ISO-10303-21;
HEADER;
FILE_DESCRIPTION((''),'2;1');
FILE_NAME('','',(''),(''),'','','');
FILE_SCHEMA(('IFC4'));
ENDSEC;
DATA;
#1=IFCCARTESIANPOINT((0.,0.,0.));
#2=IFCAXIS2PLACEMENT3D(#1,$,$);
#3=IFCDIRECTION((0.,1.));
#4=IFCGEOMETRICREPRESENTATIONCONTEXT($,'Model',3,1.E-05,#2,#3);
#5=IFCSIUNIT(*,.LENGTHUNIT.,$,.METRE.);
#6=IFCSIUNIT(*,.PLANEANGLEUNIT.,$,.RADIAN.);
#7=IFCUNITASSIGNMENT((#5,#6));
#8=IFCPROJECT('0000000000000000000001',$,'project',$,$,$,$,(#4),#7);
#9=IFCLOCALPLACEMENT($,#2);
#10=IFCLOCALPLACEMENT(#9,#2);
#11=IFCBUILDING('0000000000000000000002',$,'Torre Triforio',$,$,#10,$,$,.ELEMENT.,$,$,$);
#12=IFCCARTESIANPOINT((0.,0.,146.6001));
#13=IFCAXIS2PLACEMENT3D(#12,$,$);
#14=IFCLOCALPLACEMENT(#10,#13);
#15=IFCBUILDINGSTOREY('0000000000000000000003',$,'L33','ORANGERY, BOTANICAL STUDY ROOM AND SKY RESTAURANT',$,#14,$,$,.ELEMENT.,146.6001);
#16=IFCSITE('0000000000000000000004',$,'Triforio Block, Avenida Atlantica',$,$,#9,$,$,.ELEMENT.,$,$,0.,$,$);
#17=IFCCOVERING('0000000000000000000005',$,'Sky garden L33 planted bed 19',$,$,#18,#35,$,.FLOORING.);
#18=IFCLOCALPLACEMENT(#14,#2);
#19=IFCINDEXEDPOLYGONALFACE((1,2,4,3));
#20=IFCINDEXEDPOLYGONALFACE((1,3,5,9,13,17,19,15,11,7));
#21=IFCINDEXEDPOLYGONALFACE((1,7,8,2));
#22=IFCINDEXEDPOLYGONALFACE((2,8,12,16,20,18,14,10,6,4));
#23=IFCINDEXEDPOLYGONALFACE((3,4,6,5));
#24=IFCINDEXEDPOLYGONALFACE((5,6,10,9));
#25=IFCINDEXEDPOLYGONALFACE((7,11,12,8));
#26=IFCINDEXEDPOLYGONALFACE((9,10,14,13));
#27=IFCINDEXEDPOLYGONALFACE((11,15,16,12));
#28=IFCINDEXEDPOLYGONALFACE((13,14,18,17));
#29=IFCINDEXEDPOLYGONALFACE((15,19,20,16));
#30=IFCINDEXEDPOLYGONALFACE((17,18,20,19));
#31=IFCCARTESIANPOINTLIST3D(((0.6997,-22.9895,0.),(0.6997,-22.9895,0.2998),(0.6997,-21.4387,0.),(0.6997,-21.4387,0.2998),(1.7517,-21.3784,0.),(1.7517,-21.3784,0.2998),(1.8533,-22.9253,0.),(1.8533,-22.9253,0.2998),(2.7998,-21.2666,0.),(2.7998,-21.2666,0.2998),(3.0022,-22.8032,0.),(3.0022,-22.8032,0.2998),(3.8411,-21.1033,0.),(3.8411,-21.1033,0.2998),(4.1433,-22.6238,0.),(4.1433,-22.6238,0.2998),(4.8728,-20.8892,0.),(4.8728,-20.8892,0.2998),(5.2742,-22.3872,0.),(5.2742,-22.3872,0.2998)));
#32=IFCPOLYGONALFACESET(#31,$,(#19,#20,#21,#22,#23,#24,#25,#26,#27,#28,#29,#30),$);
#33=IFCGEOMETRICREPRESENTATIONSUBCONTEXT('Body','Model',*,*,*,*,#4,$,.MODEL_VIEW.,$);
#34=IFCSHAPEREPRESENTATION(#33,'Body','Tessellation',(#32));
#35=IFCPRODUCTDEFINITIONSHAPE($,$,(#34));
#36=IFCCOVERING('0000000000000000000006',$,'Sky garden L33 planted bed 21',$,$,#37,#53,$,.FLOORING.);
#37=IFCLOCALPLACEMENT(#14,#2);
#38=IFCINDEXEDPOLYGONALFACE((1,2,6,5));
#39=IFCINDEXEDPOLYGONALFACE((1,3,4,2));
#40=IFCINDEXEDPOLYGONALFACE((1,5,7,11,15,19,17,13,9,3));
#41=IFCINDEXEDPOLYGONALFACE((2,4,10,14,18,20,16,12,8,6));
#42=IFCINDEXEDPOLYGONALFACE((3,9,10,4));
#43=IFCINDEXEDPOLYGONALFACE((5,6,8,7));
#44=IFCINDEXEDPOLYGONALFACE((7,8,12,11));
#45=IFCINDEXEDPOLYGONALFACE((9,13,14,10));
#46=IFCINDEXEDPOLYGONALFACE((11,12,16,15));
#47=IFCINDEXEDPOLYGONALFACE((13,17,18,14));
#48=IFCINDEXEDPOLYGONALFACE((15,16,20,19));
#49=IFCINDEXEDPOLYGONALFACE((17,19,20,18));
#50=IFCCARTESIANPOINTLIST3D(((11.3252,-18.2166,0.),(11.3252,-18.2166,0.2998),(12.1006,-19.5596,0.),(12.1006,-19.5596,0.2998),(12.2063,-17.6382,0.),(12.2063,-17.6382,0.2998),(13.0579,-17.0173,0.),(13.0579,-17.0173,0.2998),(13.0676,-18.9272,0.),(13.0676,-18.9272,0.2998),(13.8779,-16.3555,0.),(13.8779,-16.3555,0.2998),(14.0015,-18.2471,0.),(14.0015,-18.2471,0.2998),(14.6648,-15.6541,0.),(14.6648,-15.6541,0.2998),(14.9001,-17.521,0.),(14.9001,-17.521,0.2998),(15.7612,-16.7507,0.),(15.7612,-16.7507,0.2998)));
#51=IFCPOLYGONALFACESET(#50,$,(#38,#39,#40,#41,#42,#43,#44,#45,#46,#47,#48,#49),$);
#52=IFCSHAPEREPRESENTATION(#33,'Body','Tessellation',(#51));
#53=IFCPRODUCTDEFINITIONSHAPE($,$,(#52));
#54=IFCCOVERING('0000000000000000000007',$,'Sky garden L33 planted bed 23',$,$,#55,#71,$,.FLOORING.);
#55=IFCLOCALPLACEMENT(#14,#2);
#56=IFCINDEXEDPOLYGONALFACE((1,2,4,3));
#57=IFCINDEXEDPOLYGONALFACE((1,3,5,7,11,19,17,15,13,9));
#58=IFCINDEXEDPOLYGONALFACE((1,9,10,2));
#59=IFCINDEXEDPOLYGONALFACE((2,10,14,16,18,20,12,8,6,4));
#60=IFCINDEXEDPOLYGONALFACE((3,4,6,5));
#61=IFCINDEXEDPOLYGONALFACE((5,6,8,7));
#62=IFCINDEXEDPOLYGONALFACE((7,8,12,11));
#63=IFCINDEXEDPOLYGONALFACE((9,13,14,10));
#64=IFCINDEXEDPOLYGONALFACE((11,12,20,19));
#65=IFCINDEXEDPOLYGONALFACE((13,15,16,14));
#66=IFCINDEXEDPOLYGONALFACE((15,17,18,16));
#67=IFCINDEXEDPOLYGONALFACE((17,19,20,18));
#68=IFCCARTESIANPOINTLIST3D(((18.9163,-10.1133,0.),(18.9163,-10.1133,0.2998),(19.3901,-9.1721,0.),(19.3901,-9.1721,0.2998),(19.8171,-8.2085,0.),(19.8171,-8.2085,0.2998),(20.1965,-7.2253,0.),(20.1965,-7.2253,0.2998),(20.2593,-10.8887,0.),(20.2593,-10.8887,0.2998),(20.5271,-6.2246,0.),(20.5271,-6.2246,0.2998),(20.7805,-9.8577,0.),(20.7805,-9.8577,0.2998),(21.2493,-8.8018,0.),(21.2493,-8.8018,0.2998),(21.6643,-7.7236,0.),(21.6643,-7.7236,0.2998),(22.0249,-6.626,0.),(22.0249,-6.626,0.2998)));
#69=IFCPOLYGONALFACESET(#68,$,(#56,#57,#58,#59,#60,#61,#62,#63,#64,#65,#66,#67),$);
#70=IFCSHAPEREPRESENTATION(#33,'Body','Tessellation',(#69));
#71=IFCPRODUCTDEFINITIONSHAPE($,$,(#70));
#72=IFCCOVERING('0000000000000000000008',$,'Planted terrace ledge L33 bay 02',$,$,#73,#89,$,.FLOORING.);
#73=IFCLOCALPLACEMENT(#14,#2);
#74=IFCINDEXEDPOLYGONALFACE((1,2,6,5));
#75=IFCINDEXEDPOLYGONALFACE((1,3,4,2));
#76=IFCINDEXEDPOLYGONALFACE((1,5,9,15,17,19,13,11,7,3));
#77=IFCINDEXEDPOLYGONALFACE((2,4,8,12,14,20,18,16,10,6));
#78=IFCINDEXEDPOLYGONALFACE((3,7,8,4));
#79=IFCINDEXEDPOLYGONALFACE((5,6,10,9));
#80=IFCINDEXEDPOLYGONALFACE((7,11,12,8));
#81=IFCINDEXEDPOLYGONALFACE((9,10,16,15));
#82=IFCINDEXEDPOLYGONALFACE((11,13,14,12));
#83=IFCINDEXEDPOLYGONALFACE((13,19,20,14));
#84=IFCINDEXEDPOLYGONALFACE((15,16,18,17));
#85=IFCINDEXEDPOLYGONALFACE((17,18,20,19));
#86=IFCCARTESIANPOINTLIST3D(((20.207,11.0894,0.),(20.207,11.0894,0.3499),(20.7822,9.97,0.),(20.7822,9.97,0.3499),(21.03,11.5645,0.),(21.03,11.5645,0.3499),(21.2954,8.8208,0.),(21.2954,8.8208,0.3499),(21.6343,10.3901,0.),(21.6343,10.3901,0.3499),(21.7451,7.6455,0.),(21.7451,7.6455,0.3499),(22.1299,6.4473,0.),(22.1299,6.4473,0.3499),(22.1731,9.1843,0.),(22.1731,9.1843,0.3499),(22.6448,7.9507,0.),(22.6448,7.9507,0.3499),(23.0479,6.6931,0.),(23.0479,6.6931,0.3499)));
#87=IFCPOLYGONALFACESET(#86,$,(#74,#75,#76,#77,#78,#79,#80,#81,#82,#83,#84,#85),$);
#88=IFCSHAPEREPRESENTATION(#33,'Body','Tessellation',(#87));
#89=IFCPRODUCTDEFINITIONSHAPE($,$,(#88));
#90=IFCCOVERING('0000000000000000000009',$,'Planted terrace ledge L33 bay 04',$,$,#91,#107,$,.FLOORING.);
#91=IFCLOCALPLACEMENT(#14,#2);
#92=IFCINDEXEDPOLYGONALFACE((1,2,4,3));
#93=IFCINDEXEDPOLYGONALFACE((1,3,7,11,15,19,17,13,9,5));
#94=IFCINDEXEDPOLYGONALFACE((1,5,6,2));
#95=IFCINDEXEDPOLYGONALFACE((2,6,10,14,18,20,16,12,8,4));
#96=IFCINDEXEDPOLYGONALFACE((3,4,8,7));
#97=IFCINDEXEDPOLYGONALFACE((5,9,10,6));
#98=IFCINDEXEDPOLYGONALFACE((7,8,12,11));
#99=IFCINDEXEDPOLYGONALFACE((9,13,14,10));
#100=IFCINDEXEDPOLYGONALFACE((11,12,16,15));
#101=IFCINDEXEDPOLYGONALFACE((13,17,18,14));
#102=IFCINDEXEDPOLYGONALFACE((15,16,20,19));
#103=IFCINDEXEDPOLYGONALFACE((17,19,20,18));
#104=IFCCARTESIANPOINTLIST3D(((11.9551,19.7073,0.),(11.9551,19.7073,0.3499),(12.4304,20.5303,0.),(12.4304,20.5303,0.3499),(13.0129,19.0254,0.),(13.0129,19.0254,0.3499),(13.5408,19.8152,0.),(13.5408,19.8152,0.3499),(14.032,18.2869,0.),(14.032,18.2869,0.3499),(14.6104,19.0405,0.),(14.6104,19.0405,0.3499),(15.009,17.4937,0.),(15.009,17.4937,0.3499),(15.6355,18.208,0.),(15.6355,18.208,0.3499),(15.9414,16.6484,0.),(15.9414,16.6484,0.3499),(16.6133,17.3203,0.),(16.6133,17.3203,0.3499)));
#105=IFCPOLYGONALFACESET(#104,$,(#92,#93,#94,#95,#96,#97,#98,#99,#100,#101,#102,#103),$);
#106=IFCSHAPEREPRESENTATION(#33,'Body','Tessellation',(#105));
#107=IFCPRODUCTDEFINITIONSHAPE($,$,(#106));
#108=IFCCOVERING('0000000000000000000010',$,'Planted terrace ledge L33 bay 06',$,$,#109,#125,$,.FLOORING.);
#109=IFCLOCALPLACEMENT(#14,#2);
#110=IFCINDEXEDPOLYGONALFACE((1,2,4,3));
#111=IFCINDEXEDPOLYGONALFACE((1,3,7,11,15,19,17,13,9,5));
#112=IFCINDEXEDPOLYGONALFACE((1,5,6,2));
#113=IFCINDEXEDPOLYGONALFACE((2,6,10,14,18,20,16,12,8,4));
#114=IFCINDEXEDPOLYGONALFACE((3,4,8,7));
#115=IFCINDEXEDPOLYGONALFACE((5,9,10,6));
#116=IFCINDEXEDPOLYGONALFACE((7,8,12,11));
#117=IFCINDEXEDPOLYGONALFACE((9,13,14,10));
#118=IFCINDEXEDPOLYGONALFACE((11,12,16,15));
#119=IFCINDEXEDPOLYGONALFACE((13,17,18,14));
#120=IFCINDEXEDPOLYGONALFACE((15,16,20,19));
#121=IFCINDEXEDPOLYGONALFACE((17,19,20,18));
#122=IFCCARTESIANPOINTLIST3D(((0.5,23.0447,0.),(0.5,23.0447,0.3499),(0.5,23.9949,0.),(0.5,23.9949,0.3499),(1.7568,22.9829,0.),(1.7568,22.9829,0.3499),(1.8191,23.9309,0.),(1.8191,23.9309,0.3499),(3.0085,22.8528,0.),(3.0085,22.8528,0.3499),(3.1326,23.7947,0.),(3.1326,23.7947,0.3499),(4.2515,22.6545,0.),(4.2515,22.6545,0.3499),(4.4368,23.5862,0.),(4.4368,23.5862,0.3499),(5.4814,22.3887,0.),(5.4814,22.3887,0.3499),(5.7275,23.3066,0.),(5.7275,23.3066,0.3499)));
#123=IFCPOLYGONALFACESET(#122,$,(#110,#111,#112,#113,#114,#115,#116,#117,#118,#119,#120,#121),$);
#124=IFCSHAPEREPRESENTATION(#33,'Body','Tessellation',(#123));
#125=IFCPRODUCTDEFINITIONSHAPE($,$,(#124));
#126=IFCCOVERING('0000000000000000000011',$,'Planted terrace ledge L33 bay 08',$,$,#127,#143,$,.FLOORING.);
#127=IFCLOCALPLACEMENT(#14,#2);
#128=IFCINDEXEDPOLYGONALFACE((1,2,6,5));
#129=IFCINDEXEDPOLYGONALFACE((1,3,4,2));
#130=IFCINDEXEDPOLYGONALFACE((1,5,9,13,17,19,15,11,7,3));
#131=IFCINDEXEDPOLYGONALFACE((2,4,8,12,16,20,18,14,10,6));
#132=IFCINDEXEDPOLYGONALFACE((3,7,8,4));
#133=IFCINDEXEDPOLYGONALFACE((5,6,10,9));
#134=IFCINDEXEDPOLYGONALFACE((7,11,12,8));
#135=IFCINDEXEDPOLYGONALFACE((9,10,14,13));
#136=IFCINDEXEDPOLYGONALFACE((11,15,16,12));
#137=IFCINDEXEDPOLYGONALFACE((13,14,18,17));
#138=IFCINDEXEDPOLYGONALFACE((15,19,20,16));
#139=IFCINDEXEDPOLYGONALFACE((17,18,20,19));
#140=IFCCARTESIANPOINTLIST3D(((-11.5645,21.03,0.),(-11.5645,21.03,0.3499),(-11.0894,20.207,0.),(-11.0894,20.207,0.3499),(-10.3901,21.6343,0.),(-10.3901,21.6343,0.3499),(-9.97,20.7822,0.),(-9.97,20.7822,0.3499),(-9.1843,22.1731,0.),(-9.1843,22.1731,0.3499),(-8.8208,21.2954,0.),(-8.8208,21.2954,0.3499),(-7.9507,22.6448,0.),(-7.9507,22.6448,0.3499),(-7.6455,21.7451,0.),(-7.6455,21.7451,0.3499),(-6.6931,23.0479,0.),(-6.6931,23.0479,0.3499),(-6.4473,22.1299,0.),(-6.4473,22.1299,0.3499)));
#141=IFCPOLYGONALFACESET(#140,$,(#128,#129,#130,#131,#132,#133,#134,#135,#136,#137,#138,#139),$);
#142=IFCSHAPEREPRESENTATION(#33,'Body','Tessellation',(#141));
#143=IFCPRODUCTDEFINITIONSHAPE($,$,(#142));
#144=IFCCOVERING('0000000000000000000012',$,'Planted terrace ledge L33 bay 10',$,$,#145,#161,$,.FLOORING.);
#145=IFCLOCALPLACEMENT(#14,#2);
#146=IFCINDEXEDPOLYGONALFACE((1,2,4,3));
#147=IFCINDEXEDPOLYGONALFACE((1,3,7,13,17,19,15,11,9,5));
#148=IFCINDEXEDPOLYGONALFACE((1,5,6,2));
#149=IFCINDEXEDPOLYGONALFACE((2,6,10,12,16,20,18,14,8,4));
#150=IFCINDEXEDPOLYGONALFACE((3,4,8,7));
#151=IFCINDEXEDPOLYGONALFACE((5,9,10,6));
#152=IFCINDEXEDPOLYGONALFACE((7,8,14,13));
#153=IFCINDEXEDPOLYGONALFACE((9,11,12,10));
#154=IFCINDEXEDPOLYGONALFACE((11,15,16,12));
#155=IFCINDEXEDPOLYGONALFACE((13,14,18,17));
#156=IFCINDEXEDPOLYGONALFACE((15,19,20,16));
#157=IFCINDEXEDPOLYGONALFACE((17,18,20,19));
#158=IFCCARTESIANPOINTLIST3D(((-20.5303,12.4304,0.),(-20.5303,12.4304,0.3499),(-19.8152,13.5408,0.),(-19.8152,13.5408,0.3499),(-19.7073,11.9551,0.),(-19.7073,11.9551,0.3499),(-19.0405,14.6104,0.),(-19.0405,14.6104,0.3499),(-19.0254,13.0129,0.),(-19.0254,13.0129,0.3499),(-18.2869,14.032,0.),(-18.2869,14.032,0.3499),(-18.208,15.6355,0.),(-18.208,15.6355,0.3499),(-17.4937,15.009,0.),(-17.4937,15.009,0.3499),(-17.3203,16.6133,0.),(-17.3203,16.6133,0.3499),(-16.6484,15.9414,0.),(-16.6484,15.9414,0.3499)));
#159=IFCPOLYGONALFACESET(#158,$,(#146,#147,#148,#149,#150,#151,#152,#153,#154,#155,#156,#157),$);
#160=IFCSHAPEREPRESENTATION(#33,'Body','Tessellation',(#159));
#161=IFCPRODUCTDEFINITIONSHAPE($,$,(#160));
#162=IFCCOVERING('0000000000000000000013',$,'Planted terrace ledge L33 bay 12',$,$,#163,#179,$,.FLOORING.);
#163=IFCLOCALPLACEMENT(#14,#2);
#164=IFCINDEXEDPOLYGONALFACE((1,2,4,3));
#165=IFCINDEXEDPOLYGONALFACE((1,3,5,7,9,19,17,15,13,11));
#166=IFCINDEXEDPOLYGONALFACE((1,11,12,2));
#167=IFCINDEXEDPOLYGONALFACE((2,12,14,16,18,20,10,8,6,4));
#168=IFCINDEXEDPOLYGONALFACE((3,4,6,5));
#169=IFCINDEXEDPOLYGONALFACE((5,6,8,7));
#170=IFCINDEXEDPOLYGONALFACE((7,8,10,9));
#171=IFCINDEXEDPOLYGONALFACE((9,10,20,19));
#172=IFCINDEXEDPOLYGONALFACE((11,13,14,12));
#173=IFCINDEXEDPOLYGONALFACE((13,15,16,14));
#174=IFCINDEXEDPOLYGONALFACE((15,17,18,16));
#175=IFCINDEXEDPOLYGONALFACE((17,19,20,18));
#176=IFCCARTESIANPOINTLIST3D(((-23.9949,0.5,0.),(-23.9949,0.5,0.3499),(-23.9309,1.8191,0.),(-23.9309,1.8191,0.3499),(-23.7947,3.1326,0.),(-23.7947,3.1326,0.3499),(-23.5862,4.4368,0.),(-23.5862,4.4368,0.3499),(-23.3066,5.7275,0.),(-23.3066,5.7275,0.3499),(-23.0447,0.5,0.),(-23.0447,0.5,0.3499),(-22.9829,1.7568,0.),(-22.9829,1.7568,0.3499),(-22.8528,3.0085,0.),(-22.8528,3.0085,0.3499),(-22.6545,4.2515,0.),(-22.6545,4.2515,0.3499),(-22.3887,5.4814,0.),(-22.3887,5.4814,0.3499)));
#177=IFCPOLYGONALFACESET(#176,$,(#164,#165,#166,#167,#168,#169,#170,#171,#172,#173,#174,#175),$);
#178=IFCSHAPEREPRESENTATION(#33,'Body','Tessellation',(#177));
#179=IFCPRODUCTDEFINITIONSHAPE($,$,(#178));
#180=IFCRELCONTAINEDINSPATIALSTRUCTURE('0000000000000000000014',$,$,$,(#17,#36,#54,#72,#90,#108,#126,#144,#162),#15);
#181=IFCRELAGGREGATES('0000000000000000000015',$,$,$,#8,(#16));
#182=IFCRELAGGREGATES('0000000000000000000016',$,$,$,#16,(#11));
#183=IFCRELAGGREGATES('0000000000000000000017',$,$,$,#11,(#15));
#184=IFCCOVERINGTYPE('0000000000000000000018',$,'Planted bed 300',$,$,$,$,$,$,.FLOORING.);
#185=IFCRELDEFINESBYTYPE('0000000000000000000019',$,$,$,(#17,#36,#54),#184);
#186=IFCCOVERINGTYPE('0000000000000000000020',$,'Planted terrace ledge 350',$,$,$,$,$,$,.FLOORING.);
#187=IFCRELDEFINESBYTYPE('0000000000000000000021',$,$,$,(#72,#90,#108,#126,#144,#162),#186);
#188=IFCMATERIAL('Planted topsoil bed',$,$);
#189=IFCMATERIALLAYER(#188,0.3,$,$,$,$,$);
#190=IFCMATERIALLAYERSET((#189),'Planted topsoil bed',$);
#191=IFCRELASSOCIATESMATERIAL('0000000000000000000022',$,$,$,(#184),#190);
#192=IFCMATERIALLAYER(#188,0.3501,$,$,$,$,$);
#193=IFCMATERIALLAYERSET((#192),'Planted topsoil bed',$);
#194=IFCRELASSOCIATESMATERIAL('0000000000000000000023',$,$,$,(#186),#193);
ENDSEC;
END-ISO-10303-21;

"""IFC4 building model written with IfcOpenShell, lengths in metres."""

from ifc_helpers import new_model, si_unit, direction, frame, origin, place, context, subcontext, project, spatial, polyline, outline, extrude, material, layer, layer_set, type_object, element, save


model = new_model("IFC4")

# Units and contexts
model_context = context("Model", 3, precision=1e-05, world=origin(), true_north=direction((0.0, 1.0)))
body_context = subcontext(model_context, "Body", "Model", "MODEL_VIEW")
ifc_project = project(units=[si_unit("LENGTHUNIT", "METRE"), si_unit("PLANEANGLEUNIT", "RADIAN")], contexts=[model_context])

# Site, building, storey
site_placement = place(None, origin())
site = spatial("IfcSite", under=ifc_project, at=site_placement, Name="Triforio Block, Avenida Atlantica", CompositionType="ELEMENT", RefElevation=0.0)
building_placement = place(site_placement, origin())
building = spatial("IfcBuilding", under=site, at=building_placement, Name="Torre Triforio", CompositionType="ELEMENT")
storey_placement = place(building_placement, frame((0.0, 0.0, 146.6001)))
storey = spatial("IfcBuildingStorey", under=building, at=storey_placement, Name="L33", Description="ORANGERY, BOTANICAL STUDY ROOM AND SKY RESTAURANT", CompositionType="ELEMENT", Elevation=146.6001)

# Coverings
ifc_material = material(Name="Planted topsoil bed")
ifc_layer_1 = layer(ifc_material, 0.3)
ifc_layer_set_1 = layer_set([ifc_layer_1], Name="Planted topsoil bed")
covering_type_1 = type_object("IfcCoveringType", Name="Planted bed 300", PredefinedType="FLOORING", material=ifc_layer_set_1)
covering_1_placement = place(storey_placement, origin())
element("IfcCovering", 1, at=covering_1_placement, inside=storey, type_object=covering_type_1, Name="Sky garden L33 planted bed 19", PredefinedType="FLOORING", context=body_context, shape_type="SweptSolid", body=[
    extrude(outline(polyline([(0.6997, -21.4387), (1.7517, -21.3784), (2.7998, -21.2666), (3.8411, -21.1033), (4.8728, -20.8892), (5.2742, -22.3872), (4.1433, -22.6238), (3.0022, -22.8032), (1.8533, -22.9253), (0.6997, -22.9895), (0.6997, -21.4387)])), origin(), (0.0, 0.0, 1.0), 0.2998),
])
covering_2_placement = place(storey_placement, origin())
element("IfcCovering", 2, at=covering_2_placement, inside=storey, type_object=covering_type_1, Name="Sky garden L33 planted bed 21", PredefinedType="FLOORING", context=body_context, shape_type="SweptSolid", body=[
    extrude(outline(polyline([(11.3252, -18.2166), (12.2063, -17.6382), (13.0579, -17.0173), (13.8779, -16.3555), (14.6648, -15.6541), (15.7612, -16.7507), (14.9001, -17.521), (14.0015, -18.2471), (13.0676, -18.9272), (12.1006, -19.5596), (11.3252, -18.2166)])), origin(), (0.0, 0.0, 1.0), 0.2998),
])
covering_3_placement = place(storey_placement, origin())
element("IfcCovering", 3, at=covering_3_placement, inside=storey, type_object=covering_type_1, Name="Sky garden L33 planted bed 23", PredefinedType="FLOORING", context=body_context, shape_type="SweptSolid", body=[
    extrude(outline(polyline([(18.9163, -10.1133), (19.3901, -9.1721), (19.8171, -8.2085), (20.1965, -7.2253), (20.5271, -6.2246), (22.0249, -6.626), (21.6643, -7.7236), (21.2493, -8.8018), (20.7805, -9.8577), (20.2593, -10.8887), (18.9163, -10.1133)])), origin(), (0.0, 0.0, 1.0), 0.2998),
])
ifc_layer_2 = layer(ifc_material, 0.3501)
ifc_layer_set_2 = layer_set([ifc_layer_2], Name="Planted topsoil bed")
covering_type_2 = type_object("IfcCoveringType", Name="Planted terrace ledge 350", PredefinedType="FLOORING", material=ifc_layer_set_2)
covering_4_placement = place(storey_placement, origin())
element("IfcCovering", 4, at=covering_4_placement, inside=storey, type_object=covering_type_2, Name="Planted terrace ledge L33 bay 02", PredefinedType="FLOORING", context=body_context, shape_type="SweptSolid", body=[
    extrude(outline(polyline([(22.1299, 6.4473), (21.7451, 7.6455), (21.2954, 8.8208), (20.7822, 9.97), (20.207, 11.0894), (21.03, 11.5645), (21.6343, 10.3901), (22.1731, 9.1843), (22.6448, 7.9507), (23.0479, 6.6931), (22.1299, 6.4473)])), origin(), (0.0, 0.0, 1.0), 0.3499),
])
covering_5_placement = place(storey_placement, origin())
element("IfcCovering", 5, at=covering_5_placement, inside=storey, type_object=covering_type_2, Name="Planted terrace ledge L33 bay 04", PredefinedType="FLOORING", context=body_context, shape_type="SweptSolid", body=[
    extrude(outline(polyline([(15.9414, 16.6484), (15.009, 17.4937), (14.032, 18.2869), (13.0129, 19.0254), (11.9551, 19.7073), (12.4304, 20.5303), (13.5408, 19.8152), (14.6104, 19.0405), (15.6355, 18.208), (16.6133, 17.3203), (15.9414, 16.6484)])), origin(), (0.0, 0.0, 1.0), 0.3499),
])
covering_6_placement = place(storey_placement, origin())
element("IfcCovering", 6, at=covering_6_placement, inside=storey, type_object=covering_type_2, Name="Planted terrace ledge L33 bay 06", PredefinedType="FLOORING", context=body_context, shape_type="SweptSolid", body=[
    extrude(outline(polyline([(5.4814, 22.3887), (4.2515, 22.6545), (3.0085, 22.8528), (1.7568, 22.9829), (0.5, 23.0447), (0.5, 23.9949), (1.8191, 23.9309), (3.1326, 23.7947), (4.4368, 23.5862), (5.7275, 23.3066), (5.4814, 22.3887)])), origin(), (0.0, 0.0, 1.0), 0.3499),
])
covering_7_placement = place(storey_placement, origin())
element("IfcCovering", 7, at=covering_7_placement, inside=storey, type_object=covering_type_2, Name="Planted terrace ledge L33 bay 08", PredefinedType="FLOORING", context=body_context, shape_type="SweptSolid", body=[
    extrude(outline(polyline([(-6.4473, 22.1299), (-7.6455, 21.7451), (-8.8208, 21.2954), (-9.97, 20.7822), (-11.0894, 20.207), (-11.5645, 21.03), (-10.3901, 21.6343), (-9.1843, 22.1731), (-7.9507, 22.6448), (-6.6931, 23.0479), (-6.4473, 22.1299)])), origin(), (0.0, 0.0, 1.0), 0.3499),
])
covering_8_placement = place(storey_placement, origin())
element("IfcCovering", 8, at=covering_8_placement, inside=storey, type_object=covering_type_2, Name="Planted terrace ledge L33 bay 10", PredefinedType="FLOORING", context=body_context, shape_type="SweptSolid", body=[
    extrude(outline(polyline([(-16.6484, 15.9414), (-17.4937, 15.009), (-18.2869, 14.032), (-19.0254, 13.0129), (-19.7073, 11.9551), (-20.5303, 12.4304), (-19.8152, 13.5408), (-19.0405, 14.6104), (-18.208, 15.6355), (-17.3203, 16.6133), (-16.6484, 15.9414)])), origin(), (0.0, 0.0, 1.0), 0.3499),
])
covering_9_placement = place(storey_placement, origin())
element("IfcCovering", 9, at=covering_9_placement, inside=storey, type_object=covering_type_2, Name="Planted terrace ledge L33 bay 12", PredefinedType="FLOORING", context=body_context, shape_type="SweptSolid", body=[
    extrude(outline(polyline([(-22.3887, 5.4814), (-22.6545, 4.2515), (-22.8528, 3.0085), (-22.9829, 1.7568), (-23.0447, 0.5), (-23.9949, 0.5), (-23.9309, 1.8191), (-23.7947, 3.1326), (-23.5862, 4.4368), (-23.3066, 5.7275), (-22.3887, 5.4814)])), origin(), (0.0, 0.0, 1.0), 0.3499),
])

save(model, "model.ifc")
